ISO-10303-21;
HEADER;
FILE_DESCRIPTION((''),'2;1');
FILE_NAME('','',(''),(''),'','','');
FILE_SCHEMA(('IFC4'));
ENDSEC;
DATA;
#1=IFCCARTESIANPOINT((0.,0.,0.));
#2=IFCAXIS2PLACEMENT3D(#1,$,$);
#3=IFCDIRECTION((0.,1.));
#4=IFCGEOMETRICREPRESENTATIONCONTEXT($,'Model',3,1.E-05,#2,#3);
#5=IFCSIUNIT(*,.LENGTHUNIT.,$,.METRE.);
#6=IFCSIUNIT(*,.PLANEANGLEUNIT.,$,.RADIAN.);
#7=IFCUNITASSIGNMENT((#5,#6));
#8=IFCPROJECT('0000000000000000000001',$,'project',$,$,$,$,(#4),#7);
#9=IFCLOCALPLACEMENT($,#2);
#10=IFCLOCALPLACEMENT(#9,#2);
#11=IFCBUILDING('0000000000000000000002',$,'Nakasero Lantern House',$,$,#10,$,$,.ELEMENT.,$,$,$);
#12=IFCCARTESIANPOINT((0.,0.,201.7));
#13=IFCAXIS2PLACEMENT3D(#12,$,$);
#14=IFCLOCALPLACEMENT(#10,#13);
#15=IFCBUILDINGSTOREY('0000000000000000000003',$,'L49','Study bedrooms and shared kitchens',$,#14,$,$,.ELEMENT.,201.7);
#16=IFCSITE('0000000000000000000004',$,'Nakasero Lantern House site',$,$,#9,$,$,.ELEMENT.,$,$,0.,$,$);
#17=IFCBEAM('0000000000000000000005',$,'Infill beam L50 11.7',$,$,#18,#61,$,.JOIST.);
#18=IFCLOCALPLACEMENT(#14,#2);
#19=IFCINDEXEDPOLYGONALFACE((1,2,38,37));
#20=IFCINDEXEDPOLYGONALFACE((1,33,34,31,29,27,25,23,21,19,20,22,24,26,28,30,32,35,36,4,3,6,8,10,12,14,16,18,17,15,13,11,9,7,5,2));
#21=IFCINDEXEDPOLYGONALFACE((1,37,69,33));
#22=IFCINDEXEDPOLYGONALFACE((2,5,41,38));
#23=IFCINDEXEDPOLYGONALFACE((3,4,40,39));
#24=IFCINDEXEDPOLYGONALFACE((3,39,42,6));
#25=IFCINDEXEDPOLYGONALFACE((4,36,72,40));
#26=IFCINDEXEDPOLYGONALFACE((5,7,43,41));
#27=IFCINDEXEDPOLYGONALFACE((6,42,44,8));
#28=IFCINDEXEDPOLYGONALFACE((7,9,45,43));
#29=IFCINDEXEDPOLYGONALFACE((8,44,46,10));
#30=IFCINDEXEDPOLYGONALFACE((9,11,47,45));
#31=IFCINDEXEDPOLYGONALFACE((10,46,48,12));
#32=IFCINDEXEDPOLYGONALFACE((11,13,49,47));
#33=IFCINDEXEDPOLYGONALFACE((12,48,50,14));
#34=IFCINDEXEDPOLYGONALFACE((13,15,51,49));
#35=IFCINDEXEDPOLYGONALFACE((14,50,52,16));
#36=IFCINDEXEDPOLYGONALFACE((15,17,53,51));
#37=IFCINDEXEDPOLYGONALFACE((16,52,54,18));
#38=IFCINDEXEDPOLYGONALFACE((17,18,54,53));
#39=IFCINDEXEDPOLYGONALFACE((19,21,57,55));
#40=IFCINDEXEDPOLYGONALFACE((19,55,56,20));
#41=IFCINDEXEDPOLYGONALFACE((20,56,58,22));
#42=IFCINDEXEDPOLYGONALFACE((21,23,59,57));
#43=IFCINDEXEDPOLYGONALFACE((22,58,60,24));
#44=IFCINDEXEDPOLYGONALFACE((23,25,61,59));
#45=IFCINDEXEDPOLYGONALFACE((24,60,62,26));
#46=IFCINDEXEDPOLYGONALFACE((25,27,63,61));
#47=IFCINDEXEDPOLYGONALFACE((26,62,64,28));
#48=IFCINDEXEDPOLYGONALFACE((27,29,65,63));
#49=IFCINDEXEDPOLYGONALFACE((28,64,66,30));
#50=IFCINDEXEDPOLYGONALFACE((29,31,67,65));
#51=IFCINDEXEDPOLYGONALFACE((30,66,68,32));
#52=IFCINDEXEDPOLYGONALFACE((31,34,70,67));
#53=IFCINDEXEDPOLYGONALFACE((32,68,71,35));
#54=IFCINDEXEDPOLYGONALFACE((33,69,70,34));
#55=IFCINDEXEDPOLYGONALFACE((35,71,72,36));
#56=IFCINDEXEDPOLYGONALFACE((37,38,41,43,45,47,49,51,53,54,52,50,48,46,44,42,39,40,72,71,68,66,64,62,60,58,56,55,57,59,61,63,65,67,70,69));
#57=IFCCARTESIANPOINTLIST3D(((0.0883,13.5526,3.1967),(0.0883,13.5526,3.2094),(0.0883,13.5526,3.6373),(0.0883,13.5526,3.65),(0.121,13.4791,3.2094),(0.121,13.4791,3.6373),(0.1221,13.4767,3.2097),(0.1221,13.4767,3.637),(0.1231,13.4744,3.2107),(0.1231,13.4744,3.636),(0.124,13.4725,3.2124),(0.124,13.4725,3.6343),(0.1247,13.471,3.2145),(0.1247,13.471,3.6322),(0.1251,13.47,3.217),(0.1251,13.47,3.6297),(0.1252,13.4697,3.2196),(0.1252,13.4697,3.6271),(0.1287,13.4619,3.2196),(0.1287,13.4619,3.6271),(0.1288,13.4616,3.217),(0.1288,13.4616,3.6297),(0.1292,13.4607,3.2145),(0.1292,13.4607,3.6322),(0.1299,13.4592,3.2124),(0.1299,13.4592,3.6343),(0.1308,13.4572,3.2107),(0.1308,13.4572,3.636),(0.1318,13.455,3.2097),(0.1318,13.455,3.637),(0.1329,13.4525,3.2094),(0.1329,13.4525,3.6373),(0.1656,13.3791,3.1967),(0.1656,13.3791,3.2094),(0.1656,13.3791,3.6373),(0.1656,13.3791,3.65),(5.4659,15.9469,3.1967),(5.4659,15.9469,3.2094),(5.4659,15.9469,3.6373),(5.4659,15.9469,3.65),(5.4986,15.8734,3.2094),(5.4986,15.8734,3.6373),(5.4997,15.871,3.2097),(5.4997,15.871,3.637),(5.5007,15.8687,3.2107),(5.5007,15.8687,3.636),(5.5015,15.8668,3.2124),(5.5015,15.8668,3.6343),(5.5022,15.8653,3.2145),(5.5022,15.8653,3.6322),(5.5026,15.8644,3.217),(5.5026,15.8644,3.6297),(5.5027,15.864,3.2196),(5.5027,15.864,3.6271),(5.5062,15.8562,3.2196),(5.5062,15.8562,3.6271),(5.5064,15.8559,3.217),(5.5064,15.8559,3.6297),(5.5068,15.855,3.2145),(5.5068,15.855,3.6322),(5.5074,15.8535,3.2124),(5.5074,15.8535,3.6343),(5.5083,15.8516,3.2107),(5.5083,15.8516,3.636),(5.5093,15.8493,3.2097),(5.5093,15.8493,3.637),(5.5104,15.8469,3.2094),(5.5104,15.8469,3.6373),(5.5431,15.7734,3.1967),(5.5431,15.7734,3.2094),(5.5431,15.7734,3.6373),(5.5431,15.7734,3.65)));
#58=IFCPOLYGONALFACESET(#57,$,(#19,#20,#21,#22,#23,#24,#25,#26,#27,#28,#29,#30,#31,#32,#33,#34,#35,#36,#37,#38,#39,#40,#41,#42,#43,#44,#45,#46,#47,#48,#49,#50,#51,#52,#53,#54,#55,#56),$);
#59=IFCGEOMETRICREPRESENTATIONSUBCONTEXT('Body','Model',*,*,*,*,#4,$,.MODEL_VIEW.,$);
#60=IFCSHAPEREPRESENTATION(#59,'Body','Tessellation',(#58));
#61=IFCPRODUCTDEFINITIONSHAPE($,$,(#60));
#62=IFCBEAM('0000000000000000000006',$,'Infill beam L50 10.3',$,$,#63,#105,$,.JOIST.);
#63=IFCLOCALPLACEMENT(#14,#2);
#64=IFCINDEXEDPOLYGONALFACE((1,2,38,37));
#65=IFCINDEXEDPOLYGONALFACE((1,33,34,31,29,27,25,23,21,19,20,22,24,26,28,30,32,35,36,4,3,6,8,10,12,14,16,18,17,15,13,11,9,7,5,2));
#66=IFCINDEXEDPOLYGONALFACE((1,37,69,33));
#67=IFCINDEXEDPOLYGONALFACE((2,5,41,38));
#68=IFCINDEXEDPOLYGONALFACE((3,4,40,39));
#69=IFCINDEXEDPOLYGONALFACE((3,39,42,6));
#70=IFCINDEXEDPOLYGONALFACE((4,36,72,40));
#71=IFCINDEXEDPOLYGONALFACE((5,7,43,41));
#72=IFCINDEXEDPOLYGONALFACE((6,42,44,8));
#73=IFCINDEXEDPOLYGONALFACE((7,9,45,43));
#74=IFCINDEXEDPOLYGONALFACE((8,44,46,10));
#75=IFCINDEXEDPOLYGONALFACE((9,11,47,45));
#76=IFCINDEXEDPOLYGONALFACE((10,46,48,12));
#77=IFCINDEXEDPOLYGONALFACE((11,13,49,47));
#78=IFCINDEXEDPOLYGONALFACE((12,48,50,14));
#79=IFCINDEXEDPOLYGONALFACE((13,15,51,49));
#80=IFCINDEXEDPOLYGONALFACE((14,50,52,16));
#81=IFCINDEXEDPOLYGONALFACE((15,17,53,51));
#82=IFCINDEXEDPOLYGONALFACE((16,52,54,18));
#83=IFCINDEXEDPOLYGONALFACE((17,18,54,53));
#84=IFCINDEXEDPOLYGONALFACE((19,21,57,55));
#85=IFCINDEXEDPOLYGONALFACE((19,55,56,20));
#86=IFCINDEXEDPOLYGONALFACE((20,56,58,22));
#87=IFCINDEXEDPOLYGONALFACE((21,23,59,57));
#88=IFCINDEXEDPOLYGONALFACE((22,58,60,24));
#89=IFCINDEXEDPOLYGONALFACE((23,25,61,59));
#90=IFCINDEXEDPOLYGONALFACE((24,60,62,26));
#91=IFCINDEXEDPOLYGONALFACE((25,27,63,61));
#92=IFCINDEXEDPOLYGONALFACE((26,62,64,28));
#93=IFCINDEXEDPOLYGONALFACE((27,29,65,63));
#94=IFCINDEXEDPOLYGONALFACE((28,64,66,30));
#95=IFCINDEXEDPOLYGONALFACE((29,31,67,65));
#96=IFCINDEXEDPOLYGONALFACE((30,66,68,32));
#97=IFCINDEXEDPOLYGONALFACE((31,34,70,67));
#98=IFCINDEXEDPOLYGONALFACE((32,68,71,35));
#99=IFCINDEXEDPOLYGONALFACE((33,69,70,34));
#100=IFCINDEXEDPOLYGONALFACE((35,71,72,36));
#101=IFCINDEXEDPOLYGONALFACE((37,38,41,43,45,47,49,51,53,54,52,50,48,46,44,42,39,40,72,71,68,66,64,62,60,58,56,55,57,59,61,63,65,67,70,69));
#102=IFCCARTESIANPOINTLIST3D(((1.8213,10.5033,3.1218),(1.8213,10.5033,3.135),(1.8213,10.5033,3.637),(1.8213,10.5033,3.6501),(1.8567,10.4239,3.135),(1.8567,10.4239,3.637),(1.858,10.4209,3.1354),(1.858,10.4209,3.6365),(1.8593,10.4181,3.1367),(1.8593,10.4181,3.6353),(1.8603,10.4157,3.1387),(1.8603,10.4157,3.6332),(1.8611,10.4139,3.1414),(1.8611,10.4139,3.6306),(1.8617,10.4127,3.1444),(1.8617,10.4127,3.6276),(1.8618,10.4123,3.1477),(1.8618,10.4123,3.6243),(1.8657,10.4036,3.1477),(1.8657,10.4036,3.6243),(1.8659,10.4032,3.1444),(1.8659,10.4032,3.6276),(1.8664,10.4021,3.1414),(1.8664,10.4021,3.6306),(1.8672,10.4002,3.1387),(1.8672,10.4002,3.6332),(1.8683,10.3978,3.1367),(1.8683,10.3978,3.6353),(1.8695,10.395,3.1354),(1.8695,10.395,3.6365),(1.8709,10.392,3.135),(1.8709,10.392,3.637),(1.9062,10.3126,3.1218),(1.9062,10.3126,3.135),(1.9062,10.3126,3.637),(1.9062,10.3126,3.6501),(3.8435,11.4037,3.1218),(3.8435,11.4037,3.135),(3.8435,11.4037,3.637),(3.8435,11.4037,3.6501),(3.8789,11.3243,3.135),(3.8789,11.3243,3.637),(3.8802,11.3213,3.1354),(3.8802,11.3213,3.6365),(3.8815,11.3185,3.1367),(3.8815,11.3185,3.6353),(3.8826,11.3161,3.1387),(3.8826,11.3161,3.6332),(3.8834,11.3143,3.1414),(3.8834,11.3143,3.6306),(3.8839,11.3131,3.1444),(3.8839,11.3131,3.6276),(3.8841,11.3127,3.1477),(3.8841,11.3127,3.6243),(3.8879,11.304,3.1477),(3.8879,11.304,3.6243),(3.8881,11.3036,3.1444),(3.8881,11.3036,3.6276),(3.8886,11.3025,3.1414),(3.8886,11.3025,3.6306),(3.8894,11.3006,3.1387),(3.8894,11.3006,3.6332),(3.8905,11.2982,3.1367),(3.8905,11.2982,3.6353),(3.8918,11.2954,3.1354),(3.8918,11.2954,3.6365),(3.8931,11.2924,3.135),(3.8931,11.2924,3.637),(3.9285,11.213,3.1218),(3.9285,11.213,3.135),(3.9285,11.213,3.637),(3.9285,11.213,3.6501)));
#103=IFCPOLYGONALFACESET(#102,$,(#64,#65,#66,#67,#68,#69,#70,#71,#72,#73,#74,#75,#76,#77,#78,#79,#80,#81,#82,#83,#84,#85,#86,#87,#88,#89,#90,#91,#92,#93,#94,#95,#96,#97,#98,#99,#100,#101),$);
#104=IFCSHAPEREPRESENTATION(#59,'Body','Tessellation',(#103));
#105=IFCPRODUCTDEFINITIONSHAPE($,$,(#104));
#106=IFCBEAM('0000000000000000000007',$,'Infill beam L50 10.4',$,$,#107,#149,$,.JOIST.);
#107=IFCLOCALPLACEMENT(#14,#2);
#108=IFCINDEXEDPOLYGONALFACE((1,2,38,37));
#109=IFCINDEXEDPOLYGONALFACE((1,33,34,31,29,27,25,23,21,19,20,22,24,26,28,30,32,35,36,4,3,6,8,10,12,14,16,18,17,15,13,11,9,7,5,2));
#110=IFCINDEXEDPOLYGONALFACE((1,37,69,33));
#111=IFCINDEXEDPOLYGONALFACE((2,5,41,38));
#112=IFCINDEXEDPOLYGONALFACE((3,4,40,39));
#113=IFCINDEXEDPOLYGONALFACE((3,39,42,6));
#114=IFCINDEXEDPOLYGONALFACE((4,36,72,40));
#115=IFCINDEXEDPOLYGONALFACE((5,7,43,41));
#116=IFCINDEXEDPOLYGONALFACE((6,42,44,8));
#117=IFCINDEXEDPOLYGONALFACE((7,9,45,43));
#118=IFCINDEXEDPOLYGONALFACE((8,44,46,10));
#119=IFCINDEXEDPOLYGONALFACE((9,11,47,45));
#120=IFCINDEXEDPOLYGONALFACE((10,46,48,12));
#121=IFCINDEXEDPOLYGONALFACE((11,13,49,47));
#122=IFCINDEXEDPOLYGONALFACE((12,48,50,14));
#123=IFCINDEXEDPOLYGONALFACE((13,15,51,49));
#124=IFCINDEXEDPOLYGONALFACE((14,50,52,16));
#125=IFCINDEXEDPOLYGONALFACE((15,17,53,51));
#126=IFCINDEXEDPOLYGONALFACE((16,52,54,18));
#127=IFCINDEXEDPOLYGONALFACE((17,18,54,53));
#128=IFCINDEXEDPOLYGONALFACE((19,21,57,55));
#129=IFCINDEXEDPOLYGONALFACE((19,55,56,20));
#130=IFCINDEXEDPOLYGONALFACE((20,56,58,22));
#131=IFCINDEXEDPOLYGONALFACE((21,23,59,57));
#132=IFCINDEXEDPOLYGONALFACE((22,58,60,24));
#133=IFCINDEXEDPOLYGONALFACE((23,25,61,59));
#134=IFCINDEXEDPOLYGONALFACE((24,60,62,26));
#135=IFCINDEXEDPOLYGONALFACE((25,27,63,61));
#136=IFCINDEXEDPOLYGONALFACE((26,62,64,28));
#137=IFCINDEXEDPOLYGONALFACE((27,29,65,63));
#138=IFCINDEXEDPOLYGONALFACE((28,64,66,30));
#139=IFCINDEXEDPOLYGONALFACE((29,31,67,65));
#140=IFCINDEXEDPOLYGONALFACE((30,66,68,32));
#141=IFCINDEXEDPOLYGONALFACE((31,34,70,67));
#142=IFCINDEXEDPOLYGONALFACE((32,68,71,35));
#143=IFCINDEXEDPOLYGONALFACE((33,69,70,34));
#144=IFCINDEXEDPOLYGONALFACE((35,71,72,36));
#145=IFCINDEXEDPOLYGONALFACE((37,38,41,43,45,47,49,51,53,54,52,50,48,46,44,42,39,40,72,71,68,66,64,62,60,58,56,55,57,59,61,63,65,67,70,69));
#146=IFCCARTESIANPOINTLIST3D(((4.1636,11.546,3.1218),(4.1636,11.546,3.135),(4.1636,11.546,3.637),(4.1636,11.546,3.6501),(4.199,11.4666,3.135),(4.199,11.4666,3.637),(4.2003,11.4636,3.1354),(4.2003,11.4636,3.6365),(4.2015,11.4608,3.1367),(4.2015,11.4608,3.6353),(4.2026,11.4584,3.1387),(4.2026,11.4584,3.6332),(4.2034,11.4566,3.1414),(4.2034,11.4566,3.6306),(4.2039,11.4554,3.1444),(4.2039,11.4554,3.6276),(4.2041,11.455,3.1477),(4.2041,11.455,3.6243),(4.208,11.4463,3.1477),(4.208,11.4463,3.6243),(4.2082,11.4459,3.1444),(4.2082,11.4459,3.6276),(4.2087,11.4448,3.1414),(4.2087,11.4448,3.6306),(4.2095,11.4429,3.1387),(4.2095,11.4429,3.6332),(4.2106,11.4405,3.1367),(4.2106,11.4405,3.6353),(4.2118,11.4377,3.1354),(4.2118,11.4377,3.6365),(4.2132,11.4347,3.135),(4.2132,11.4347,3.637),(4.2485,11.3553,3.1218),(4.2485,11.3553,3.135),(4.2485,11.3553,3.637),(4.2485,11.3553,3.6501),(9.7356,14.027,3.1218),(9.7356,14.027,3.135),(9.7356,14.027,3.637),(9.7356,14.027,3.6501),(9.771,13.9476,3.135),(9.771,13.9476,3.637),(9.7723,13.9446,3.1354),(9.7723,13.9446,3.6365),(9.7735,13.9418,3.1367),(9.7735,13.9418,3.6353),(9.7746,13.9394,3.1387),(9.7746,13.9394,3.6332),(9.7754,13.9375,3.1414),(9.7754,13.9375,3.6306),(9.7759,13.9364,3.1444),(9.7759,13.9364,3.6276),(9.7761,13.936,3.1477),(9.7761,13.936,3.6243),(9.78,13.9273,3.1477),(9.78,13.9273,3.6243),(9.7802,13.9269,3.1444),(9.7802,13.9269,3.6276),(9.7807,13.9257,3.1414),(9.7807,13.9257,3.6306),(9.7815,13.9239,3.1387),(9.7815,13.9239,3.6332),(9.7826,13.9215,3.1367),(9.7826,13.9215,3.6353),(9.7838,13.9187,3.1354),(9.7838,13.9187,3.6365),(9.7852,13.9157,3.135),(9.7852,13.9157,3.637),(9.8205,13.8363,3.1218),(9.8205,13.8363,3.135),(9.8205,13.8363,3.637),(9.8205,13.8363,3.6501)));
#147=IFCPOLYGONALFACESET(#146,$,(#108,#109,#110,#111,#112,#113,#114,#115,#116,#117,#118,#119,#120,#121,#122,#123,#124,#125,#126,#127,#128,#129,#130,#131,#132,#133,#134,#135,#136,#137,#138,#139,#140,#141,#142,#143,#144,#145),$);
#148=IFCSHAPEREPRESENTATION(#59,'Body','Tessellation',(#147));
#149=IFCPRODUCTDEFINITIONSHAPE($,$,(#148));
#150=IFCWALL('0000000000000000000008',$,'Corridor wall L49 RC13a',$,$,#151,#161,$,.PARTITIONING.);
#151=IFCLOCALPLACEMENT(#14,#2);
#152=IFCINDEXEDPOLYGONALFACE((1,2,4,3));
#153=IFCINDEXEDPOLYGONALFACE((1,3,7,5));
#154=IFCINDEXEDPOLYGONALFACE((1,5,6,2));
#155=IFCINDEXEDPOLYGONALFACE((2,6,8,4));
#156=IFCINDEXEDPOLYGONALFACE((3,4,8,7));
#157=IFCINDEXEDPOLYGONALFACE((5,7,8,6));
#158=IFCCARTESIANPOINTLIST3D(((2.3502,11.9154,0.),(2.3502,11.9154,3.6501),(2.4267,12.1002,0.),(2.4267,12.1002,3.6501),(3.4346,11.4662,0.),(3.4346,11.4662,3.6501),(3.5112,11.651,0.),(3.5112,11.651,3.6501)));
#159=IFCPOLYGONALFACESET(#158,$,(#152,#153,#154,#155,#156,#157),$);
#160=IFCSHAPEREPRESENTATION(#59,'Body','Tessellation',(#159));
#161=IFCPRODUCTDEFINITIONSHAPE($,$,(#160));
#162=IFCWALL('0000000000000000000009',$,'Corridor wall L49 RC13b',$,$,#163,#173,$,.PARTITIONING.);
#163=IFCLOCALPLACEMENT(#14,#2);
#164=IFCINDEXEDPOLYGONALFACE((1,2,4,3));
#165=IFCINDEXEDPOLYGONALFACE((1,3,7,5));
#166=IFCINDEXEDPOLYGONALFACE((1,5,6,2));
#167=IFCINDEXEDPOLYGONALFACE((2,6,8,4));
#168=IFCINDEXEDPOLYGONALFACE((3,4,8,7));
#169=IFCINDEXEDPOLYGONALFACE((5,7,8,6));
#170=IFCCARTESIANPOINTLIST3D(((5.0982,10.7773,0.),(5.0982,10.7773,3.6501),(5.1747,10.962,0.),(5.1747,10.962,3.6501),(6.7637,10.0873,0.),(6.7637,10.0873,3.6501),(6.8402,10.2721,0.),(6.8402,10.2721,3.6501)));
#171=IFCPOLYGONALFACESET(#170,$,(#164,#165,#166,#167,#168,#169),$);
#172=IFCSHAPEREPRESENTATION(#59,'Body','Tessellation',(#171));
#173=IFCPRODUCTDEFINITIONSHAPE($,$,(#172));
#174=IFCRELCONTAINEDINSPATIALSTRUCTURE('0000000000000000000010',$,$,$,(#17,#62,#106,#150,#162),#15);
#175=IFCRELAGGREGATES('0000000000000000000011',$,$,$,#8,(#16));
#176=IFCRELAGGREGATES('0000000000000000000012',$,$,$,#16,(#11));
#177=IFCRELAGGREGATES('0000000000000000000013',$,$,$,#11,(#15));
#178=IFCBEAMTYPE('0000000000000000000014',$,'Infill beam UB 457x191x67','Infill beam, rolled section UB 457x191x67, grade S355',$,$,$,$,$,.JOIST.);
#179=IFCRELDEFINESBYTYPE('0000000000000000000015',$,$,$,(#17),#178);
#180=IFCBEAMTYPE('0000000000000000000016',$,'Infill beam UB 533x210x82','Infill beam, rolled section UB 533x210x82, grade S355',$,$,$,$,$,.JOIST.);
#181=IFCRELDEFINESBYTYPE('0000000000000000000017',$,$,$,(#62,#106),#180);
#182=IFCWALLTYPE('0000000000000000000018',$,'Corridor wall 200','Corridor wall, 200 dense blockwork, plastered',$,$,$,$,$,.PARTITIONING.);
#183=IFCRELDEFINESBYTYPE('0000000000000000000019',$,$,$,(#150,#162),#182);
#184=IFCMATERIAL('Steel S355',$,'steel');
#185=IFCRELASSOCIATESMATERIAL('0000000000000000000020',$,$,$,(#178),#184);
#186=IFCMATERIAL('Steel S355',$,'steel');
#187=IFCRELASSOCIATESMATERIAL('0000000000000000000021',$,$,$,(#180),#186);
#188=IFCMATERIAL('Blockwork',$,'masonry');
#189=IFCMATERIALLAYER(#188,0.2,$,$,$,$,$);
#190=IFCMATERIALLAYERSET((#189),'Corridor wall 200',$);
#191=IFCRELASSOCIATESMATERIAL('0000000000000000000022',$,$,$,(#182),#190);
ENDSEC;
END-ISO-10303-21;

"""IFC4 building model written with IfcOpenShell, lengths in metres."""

from ifc_helpers import new_model, si_unit, direction, frame, frame_2d, origin, origin_2d, place, context, subcontext, project, spatial, rectangle, i_section, extrude, material, layer, layer_set, material_profile, profile_set, type_object, element, save


model = new_model("IFC4")

# Units and contexts
model_context = context("Model", 3, precision=1e-05, world=origin(), true_north=direction((0.0, 1.0)))
body_context = subcontext(model_context, "Body", "Model", "MODEL_VIEW")
ifc_project = project(units=[si_unit("LENGTHUNIT", "METRE"), si_unit("PLANEANGLEUNIT", "RADIAN")], contexts=[model_context])

# Site, building, storey
site_placement = place(None, origin())
site = spatial("IfcSite", under=ifc_project, at=site_placement, Name="Nakasero Lantern House site", CompositionType="ELEMENT", RefElevation=0.0)
building_placement = place(site_placement, origin())
building = spatial("IfcBuilding", under=site, at=building_placement, Name="Nakasero Lantern House", CompositionType="ELEMENT")
storey_placement = place(building_placement, frame((0.0, 0.0, 201.7)))
storey = spatial("IfcBuildingStorey", under=building, at=storey_placement, Name="L49", Description="Study bedrooms and shared kitchens", CompositionType="ELEMENT", Elevation=201.7)

# Beams
ifc_material_1 = material(Name="Steel S355", Category="steel")
ifc_material_profile_1 = material_profile(ifc_material_1, i_section(OverallWidth=0.1899, OverallDepth=0.4534, WebThickness=0.0085, FlangeThickness=0.0127, FilletRadius=0.0103, at=origin_2d()), Name="UB 457x191x67")
ifc_profile_set_1 = profile_set([ifc_material_profile_1], Name="Steel S355")
beam_type_1 = type_object("IfcBeamType", Name="Infill beam UB 457x191x67", Description="Infill beam, rolled section UB 457x191x67, grade S355", PredefinedType="JOIST", material=ifc_profile_set_1)
beam_1_placement = place(storey_placement, frame((0.127, 13.4658, 3.4233), z_axis=(0.913539, 0.40675, 0.0), x_axis=(-0.40675, 0.913539, 0.0)))
element("IfcBeam", 1, at=beam_1_placement, inside=storey, type_object=beam_type_1, Name="Infill beam L50 11.7", PredefinedType="JOIST", context=body_context, shape_type="SweptSolid", body=[
    extrude(i_section(OverallWidth=0.1899, OverallDepth=0.4534, WebThickness=0.0085, FlangeThickness=0.0127, FilletRadius=0.0103, at=origin_2d()), origin(), (0.0, 0.0, 1.0), 5.8865),
])
ifc_material_2 = material(Name="Steel S355", Category="steel")
ifc_material_profile_2 = material_profile(ifc_material_2, i_section(OverallWidth=0.2087, OverallDepth=0.5283, WebThickness=0.0095, FlangeThickness=0.0132, FilletRadius=0.0127, at=origin_2d()), Name="UB 533x210x82")
ifc_profile_set_2 = profile_set([ifc_material_profile_2], Name="Steel S355")
beam_type_2 = type_object("IfcBeamType", Name="Infill beam UB 533x210x82", Description="Infill beam, rolled section UB 533x210x82, grade S355", PredefinedType="JOIST", material=ifc_profile_set_2)
beam_2_placement = place(storey_placement, frame((1.8638, 10.408, 3.386), z_axis=(0.913538, 0.406752, 0.0), x_axis=(-0.406752, 0.913538, 0.0)))
element("IfcBeam", 2, at=beam_2_placement, inside=storey, type_object=beam_type_2, Name="Infill beam L50 10.3", PredefinedType="JOIST", context=body_context, shape_type="SweptSolid", body=[
    extrude(i_section(OverallWidth=0.2087, OverallDepth=0.5283, WebThickness=0.0095, FlangeThickness=0.0132, FilletRadius=0.0127, at=origin_2d()), origin(), (0.0, 0.0, 1.0), 2.2136),
])
beam_3_placement = place(storey_placement, frame((4.2061, 11.4507, 3.386), z_axis=(0.913537, 0.406755, 0.0), x_axis=(-0.406755, 0.913537, 0.0)))
element("IfcBeam", 3, at=beam_3_placement, inside=storey, type_object=beam_type_2, Name="Infill beam L50 10.4", PredefinedType="JOIST", context=body_context, shape_type="SweptSolid", body=[
    extrude(i_section(OverallWidth=0.2087, OverallDepth=0.5283, WebThickness=0.0095, FlangeThickness=0.0132, FilletRadius=0.0127, at=origin_2d()), origin(), (0.0, 0.0, 1.0), 6.0994),
])

# Walls
ifc_material_3 = material(Name="Blockwork", Category="masonry")
ifc_layer_1 = layer(ifc_material_3, 0.2)
ifc_layer_set_1 = layer_set([ifc_layer_1], Name="Corridor wall 200")
wall_type_1 = type_object("IfcWallType", Name="Corridor wall 200", Description="Corridor wall, 200 dense blockwork, plastered", PredefinedType="PARTITIONING", material=ifc_layer_set_1)
wall_1_placement = place(storey_placement, frame((2.3884, 12.0078, 0.0), z_axis=(0.0, 0.0, 1.0), x_axis=(0.923875, -0.382695, 0.0)))
element("IfcWall", 4, at=wall_1_placement, inside=storey, type_object=wall_type_1, Name="Corridor wall L49 RC13a", PredefinedType="PARTITIONING", context=body_context, shape_type="SweptSolid", body=[
    extrude(rectangle(XDim=1.1738, YDim=0.2, at=frame_2d((0.5869, 0.0))), origin(), (0.0, 0.0, 1.0), 3.6501),
])
wall_2_placement = place(storey_placement, frame((5.1365, 10.8696, 0.0), z_axis=(0.0, 0.0, 1.0), x_axis=(0.923868, -0.382711, 0.0)))
element("IfcWall", 5, at=wall_2_placement, inside=storey, type_object=wall_type_1, Name="Corridor wall L49 RC13b", PredefinedType="PARTITIONING", context=body_context, shape_type="SweptSolid", body=[
    extrude(rectangle(XDim=1.8027, YDim=0.2, at=frame_2d((0.9014, 0.0))), origin(), (0.0, 0.0, 1.0), 3.6501),
])

save(model, "model.ifc")
